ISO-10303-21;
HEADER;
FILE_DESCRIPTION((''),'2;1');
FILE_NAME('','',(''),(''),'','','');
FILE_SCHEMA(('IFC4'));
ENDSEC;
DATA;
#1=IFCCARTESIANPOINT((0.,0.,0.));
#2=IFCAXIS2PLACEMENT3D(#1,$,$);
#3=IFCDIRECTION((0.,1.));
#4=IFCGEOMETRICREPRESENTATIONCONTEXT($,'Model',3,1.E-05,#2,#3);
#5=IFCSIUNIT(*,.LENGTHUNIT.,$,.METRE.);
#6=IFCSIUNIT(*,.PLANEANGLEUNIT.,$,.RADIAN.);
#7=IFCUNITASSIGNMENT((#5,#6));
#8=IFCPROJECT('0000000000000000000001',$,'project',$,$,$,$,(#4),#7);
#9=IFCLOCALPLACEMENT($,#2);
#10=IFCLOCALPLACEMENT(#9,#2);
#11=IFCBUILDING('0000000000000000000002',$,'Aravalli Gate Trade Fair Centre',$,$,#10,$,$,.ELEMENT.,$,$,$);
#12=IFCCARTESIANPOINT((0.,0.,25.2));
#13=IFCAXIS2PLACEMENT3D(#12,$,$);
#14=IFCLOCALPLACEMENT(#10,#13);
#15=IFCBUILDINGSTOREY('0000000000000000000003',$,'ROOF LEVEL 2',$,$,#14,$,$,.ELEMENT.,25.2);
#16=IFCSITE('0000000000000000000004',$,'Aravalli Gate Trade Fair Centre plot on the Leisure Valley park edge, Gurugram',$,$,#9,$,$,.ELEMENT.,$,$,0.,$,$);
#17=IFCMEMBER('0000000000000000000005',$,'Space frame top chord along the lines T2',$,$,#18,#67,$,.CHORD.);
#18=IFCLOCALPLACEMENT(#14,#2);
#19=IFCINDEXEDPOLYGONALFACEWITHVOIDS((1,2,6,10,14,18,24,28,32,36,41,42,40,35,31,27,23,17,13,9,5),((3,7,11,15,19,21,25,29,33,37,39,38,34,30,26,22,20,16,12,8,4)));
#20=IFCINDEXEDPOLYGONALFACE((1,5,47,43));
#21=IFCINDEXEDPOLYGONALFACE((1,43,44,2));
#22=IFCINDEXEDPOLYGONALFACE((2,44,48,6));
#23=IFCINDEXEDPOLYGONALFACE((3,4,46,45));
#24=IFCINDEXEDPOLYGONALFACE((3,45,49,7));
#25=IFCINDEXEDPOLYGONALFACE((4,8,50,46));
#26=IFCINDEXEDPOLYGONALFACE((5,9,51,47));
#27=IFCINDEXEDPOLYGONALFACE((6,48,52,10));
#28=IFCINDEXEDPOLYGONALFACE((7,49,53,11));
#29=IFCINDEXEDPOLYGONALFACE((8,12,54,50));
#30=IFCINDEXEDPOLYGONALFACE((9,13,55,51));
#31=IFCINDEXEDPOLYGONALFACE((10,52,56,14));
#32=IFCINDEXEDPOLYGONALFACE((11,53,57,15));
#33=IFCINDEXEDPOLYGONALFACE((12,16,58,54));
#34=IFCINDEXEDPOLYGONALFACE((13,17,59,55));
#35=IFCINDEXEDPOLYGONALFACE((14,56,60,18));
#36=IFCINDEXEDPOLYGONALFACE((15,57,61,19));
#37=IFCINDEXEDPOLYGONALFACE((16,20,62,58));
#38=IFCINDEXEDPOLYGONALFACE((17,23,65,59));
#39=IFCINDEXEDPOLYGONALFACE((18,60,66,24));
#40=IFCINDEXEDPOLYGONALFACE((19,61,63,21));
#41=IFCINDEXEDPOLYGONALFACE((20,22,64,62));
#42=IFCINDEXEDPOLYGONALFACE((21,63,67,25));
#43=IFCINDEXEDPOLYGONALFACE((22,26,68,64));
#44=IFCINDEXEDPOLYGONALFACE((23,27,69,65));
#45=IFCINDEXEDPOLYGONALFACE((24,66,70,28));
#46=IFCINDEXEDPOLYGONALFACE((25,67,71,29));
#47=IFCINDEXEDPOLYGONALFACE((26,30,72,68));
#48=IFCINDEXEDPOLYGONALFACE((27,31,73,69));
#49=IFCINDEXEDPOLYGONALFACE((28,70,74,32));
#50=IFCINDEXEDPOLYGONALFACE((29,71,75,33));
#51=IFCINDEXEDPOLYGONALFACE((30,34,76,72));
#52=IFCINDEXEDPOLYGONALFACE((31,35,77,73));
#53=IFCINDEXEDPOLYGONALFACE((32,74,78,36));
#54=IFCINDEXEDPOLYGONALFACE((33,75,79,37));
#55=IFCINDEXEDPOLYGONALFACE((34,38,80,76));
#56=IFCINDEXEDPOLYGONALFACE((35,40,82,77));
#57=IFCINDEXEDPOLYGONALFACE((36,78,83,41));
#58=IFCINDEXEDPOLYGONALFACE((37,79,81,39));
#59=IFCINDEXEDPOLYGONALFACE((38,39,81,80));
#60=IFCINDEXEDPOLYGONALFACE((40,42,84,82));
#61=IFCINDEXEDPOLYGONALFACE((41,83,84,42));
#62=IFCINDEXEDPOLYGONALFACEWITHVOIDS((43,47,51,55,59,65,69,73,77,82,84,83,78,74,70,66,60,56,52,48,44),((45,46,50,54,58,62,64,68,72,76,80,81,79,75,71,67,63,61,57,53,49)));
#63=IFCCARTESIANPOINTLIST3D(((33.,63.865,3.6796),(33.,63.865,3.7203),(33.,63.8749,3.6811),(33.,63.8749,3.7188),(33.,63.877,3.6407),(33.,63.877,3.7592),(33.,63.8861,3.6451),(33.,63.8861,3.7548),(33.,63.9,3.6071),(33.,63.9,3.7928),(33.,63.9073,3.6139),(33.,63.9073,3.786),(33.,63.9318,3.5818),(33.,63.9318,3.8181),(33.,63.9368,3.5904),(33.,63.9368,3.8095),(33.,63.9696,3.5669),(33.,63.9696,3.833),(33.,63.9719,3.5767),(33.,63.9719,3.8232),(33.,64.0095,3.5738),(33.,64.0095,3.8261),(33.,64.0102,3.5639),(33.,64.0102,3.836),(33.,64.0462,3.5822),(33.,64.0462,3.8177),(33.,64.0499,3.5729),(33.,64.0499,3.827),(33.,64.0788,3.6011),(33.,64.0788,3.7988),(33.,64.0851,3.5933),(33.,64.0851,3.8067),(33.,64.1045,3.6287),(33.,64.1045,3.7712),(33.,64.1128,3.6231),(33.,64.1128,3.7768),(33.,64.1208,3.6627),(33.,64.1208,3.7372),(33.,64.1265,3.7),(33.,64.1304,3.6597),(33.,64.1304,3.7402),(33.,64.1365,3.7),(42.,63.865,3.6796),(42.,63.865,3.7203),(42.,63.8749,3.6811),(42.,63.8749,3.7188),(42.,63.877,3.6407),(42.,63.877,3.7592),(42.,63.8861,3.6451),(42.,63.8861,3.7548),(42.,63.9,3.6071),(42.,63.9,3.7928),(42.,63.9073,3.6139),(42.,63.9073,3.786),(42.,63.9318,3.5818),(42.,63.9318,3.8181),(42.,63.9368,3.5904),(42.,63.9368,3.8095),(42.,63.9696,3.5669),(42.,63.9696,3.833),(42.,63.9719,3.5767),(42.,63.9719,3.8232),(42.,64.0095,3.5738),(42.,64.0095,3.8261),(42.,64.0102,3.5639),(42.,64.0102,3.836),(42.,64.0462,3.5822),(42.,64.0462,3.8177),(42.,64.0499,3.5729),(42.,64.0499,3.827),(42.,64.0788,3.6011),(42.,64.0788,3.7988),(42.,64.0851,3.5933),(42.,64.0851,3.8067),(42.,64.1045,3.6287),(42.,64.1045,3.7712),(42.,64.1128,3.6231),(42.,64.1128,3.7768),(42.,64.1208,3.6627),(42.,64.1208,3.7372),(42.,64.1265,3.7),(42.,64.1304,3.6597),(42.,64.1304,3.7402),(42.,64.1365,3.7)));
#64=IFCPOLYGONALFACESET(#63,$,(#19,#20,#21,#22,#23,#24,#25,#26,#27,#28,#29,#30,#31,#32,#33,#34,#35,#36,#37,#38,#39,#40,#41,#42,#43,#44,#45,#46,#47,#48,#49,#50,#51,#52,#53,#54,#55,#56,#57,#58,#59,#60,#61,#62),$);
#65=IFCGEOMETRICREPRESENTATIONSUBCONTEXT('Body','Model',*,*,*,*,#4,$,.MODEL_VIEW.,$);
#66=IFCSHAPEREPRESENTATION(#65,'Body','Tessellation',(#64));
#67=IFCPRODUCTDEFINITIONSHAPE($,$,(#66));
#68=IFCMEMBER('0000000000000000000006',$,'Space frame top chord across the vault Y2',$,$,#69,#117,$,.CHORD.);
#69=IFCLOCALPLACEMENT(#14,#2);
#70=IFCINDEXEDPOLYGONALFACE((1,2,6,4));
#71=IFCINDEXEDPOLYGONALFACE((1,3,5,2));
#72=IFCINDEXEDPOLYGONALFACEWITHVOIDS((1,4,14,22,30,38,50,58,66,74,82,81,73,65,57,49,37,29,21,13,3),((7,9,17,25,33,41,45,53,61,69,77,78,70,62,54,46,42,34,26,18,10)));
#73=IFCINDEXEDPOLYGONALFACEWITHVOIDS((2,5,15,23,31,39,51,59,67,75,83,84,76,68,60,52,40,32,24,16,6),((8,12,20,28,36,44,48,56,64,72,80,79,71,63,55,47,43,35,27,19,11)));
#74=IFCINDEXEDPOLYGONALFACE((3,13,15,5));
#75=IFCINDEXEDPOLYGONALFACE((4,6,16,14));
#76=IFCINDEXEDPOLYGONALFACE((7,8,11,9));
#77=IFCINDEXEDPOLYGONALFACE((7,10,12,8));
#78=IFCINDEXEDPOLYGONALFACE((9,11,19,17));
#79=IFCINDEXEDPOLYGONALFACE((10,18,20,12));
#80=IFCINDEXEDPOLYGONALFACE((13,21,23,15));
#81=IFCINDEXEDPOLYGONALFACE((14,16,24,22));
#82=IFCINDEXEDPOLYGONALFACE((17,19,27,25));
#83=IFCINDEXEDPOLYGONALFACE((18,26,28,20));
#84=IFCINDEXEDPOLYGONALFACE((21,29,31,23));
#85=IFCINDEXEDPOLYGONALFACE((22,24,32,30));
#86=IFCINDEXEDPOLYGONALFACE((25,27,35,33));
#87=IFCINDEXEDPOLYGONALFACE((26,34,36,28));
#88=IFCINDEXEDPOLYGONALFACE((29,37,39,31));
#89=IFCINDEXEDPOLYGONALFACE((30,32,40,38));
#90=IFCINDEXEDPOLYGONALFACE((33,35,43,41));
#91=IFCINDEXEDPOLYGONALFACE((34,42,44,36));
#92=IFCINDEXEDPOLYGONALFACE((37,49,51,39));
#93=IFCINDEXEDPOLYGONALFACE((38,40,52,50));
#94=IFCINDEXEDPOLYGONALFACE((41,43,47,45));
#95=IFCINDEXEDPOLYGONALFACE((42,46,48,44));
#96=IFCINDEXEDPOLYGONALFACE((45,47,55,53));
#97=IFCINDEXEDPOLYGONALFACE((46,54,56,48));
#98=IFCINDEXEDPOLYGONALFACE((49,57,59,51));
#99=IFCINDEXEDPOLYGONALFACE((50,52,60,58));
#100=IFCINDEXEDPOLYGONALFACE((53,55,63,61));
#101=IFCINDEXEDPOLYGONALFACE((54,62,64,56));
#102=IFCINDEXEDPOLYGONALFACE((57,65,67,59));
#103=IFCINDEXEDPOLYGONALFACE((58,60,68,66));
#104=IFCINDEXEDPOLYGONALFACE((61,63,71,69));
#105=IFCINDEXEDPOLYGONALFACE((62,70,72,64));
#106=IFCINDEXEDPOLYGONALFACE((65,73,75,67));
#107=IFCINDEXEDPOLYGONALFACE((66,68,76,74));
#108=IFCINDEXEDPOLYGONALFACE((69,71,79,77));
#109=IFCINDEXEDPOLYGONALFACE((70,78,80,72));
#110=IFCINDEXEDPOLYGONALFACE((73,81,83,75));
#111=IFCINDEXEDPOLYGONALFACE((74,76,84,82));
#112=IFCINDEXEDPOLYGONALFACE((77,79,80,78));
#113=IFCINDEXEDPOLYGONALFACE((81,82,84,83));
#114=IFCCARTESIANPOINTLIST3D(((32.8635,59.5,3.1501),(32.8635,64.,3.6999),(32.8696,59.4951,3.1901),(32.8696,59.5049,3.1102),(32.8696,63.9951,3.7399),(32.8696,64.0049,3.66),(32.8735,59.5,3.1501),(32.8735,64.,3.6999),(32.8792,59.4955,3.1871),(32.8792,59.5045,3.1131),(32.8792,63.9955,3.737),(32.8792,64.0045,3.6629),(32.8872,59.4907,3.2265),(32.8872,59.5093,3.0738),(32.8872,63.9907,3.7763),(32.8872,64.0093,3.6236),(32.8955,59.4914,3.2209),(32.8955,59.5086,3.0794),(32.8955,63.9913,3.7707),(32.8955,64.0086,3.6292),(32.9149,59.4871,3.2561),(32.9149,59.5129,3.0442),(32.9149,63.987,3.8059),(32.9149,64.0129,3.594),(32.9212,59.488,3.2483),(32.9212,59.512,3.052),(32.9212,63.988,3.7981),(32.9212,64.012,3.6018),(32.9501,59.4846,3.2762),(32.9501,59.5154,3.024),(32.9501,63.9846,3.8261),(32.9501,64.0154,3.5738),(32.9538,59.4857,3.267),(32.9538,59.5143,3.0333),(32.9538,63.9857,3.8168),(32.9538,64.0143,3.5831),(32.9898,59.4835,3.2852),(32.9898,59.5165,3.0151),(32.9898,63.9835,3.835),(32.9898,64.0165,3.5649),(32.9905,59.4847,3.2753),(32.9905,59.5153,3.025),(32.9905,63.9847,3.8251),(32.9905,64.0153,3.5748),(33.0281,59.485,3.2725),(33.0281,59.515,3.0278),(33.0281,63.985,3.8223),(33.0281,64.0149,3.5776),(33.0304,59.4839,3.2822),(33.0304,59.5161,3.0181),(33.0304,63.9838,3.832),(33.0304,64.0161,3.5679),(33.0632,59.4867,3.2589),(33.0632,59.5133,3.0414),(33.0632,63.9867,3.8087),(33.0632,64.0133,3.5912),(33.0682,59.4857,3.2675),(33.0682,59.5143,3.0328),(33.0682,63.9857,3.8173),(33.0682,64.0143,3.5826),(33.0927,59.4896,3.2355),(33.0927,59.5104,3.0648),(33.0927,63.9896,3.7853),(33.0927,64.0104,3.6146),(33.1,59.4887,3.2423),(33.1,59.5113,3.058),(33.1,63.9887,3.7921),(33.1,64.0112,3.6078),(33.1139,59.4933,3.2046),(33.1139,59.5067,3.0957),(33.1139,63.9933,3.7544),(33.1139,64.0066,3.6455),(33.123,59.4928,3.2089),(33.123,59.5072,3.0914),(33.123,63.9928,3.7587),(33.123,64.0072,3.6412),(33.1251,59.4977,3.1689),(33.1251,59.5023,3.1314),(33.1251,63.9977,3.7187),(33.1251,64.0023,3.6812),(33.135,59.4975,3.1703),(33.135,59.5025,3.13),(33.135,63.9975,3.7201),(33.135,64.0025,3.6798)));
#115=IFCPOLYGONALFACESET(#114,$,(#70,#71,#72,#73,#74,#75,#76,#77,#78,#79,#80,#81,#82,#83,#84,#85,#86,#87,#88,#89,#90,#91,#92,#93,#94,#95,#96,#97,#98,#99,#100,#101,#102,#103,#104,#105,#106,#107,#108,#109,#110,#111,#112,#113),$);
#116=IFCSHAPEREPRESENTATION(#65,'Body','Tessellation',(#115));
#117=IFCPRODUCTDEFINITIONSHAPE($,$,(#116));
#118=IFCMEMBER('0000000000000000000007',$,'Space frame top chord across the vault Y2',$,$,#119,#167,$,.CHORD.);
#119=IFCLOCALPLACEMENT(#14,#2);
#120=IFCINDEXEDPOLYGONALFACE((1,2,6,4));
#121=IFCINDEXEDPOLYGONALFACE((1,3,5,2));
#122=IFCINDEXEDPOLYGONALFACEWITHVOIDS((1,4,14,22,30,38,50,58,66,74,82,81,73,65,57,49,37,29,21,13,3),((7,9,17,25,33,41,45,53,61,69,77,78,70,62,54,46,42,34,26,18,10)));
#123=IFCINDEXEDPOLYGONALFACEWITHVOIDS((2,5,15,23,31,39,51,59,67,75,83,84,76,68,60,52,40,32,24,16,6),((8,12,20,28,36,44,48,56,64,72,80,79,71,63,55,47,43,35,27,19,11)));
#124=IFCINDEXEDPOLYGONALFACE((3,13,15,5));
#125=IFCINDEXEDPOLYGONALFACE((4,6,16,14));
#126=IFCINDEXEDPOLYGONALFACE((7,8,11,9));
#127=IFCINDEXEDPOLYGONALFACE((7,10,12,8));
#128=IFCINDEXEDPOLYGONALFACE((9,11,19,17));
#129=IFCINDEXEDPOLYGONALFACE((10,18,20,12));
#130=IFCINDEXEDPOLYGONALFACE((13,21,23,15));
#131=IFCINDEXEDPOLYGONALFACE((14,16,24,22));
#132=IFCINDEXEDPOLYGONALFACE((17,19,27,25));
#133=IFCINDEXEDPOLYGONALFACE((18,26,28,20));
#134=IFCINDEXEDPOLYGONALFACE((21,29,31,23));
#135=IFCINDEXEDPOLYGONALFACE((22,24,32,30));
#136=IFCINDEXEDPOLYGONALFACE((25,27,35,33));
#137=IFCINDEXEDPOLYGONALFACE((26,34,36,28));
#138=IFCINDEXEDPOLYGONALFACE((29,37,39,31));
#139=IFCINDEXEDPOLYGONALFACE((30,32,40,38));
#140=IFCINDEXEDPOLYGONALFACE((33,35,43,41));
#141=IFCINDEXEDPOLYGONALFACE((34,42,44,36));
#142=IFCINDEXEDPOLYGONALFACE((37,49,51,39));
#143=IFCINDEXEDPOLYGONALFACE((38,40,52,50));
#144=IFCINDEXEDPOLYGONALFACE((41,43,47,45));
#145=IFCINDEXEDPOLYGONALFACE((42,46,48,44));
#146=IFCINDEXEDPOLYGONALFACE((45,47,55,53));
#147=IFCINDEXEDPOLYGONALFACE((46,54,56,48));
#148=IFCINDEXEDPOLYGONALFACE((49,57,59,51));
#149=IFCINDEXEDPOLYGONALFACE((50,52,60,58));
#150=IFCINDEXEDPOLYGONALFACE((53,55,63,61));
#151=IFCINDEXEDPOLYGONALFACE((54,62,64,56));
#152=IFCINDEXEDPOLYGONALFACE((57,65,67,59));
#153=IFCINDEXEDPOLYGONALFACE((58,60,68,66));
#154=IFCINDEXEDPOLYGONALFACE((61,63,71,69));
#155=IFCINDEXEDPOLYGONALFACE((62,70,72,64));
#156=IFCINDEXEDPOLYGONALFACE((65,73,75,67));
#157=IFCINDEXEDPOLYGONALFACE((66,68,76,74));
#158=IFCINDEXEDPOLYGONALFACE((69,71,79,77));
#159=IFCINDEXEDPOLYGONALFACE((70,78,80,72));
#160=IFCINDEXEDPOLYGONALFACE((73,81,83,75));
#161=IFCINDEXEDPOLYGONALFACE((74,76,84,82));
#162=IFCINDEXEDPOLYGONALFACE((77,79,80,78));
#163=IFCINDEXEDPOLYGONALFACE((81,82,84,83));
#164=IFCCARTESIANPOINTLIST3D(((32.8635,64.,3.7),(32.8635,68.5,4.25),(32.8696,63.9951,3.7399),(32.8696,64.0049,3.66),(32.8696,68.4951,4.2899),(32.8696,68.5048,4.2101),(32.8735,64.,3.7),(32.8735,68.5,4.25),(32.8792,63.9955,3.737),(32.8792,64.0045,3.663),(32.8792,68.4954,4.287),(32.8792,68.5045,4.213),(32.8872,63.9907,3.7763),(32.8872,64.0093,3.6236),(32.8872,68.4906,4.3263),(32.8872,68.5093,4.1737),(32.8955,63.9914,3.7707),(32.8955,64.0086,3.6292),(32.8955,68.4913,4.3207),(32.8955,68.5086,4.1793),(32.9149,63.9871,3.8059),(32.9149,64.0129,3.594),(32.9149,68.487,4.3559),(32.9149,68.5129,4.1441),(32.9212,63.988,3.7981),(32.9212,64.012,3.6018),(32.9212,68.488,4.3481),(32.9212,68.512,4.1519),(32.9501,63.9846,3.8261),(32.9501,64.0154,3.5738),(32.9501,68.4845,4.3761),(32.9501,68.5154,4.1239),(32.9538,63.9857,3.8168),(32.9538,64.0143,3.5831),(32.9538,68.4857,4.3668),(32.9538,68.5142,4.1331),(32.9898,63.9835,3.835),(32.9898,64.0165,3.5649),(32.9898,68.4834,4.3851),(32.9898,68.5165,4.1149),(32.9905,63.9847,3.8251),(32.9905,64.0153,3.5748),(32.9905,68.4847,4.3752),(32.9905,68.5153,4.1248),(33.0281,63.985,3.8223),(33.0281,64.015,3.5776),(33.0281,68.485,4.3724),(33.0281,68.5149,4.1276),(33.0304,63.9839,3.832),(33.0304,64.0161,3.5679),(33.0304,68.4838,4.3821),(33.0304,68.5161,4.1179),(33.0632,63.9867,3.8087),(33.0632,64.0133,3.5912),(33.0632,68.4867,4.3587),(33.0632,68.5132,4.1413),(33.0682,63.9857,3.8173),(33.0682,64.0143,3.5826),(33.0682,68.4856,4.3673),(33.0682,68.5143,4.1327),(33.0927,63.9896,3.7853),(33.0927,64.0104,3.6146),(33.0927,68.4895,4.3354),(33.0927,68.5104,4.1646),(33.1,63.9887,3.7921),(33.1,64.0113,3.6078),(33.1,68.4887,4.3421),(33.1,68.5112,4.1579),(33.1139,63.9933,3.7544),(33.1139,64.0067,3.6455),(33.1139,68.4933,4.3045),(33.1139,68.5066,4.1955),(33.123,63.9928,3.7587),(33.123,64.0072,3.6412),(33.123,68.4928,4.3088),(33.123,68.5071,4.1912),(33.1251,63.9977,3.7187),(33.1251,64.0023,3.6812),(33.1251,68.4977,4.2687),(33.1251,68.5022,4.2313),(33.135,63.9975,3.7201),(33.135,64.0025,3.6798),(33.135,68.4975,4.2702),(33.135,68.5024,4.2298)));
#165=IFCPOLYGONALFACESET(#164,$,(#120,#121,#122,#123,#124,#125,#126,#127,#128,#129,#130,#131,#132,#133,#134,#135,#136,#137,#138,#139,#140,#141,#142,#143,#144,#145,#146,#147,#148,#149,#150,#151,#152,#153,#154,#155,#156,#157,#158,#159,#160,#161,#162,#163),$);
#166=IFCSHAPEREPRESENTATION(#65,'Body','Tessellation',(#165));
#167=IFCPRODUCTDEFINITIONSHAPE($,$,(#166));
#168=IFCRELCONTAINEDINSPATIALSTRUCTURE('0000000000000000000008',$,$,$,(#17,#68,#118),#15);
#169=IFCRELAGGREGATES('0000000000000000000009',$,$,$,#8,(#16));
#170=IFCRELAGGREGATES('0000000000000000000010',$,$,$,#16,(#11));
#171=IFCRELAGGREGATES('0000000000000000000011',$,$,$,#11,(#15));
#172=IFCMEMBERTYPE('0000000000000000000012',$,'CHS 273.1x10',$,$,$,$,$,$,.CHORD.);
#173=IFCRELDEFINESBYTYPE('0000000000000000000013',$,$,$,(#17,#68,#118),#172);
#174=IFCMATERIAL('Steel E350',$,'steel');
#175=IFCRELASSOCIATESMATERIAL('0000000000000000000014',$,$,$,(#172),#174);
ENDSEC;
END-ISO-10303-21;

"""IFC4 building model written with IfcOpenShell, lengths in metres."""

from ifc_helpers import new_model, si_unit, direction, frame, origin, origin_2d, place, context, subcontext, project, spatial, hollow_circle, extrude, material, material_profile, profile_set, type_object, element, save


model = new_model("IFC4")

# Units and contexts
model_context = context("Model", 3, precision=1e-05, world=origin(), true_north=direction((0.0, 1.0)))
body_context = subcontext(model_context, "Body", "Model", "MODEL_VIEW")
ifc_project = project(units=[si_unit("LENGTHUNIT", "METRE"), si_unit("PLANEANGLEUNIT", "RADIAN")], contexts=[model_context])

# Site, building, storey
site_placement = place(None, origin())
site = spatial("IfcSite", under=ifc_project, at=site_placement, Name="Aravalli Gate Trade Fair Centre plot on the Leisure Valley park edge, Gurugram", CompositionType="ELEMENT", RefElevation=0.0)
building_placement = place(site_placement, origin())
building = spatial("IfcBuilding", under=site, at=building_placement, Name="Aravalli Gate Trade Fair Centre", CompositionType="ELEMENT")
storey_placement = place(building_placement, frame((0.0, 0.0, 25.2)))
storey = spatial("IfcBuildingStorey", under=building, at=storey_placement, Name="ROOF LEVEL 2", CompositionType="ELEMENT", Elevation=25.2)

# Members
ifc_material_1 = material(Name="Steel E350", Category="steel")
ifc_material_profile_1 = material_profile(ifc_material_1, hollow_circle(Radius=0.1365, WallThickness=0.01, at=origin_2d()), Name="CHS 273.1x10")
ifc_profile_set_1 = profile_set([ifc_material_profile_1], Name="Steel E350")
member_type_1 = type_object("IfcMemberType", Name="CHS 273.1x10", PredefinedType="CHORD", material=ifc_profile_set_1)
for number, where, z_axis, x_axis, name in (
    (1, (33.0, 64.0, 3.7), (1.0, 0.0, 0.0), (0.0, 1.0, 0.0), "Space frame top chord along the lines T2"),
):
    element("IfcMember", number, at=place(storey_placement, frame(where, z_axis=z_axis, x_axis=x_axis)), inside=storey, type_object=member_type_1, Name=name, PredefinedType="CHORD", context=body_context, shape_type="SweptSolid", body=[
        extrude(hollow_circle(Radius=0.1365, WallThickness=0.01, at=origin_2d()), origin(), (0.0, 0.0, 1.0), 9.0),
    ])
for number, where, z_axis, x_axis, name in (
    (2, (33.0, 59.5, 3.1501), (0.0, 0.992619, 0.121277), (-1.0, 0.0, 0.0), "Space frame top chord across the vault Y2"),
    (3, (33.0, 64.0, 3.7), (0.0, 0.992612, 0.12133), (-1.0, 0.0, 0.0), "Space frame top chord across the vault Y2"),
):
    element("IfcMember", number, at=place(storey_placement, frame(where, z_axis=z_axis, x_axis=x_axis)), inside=storey, type_object=member_type_1, Name=name, PredefinedType="CHORD", context=body_context, shape_type="SweptSolid", body=[
        extrude(hollow_circle(Radius=0.1365, WallThickness=0.01, at=origin_2d()), origin(), (0.0, 0.0, 1.0), 4.5334),
    ])

save(model, "model.ifc")
